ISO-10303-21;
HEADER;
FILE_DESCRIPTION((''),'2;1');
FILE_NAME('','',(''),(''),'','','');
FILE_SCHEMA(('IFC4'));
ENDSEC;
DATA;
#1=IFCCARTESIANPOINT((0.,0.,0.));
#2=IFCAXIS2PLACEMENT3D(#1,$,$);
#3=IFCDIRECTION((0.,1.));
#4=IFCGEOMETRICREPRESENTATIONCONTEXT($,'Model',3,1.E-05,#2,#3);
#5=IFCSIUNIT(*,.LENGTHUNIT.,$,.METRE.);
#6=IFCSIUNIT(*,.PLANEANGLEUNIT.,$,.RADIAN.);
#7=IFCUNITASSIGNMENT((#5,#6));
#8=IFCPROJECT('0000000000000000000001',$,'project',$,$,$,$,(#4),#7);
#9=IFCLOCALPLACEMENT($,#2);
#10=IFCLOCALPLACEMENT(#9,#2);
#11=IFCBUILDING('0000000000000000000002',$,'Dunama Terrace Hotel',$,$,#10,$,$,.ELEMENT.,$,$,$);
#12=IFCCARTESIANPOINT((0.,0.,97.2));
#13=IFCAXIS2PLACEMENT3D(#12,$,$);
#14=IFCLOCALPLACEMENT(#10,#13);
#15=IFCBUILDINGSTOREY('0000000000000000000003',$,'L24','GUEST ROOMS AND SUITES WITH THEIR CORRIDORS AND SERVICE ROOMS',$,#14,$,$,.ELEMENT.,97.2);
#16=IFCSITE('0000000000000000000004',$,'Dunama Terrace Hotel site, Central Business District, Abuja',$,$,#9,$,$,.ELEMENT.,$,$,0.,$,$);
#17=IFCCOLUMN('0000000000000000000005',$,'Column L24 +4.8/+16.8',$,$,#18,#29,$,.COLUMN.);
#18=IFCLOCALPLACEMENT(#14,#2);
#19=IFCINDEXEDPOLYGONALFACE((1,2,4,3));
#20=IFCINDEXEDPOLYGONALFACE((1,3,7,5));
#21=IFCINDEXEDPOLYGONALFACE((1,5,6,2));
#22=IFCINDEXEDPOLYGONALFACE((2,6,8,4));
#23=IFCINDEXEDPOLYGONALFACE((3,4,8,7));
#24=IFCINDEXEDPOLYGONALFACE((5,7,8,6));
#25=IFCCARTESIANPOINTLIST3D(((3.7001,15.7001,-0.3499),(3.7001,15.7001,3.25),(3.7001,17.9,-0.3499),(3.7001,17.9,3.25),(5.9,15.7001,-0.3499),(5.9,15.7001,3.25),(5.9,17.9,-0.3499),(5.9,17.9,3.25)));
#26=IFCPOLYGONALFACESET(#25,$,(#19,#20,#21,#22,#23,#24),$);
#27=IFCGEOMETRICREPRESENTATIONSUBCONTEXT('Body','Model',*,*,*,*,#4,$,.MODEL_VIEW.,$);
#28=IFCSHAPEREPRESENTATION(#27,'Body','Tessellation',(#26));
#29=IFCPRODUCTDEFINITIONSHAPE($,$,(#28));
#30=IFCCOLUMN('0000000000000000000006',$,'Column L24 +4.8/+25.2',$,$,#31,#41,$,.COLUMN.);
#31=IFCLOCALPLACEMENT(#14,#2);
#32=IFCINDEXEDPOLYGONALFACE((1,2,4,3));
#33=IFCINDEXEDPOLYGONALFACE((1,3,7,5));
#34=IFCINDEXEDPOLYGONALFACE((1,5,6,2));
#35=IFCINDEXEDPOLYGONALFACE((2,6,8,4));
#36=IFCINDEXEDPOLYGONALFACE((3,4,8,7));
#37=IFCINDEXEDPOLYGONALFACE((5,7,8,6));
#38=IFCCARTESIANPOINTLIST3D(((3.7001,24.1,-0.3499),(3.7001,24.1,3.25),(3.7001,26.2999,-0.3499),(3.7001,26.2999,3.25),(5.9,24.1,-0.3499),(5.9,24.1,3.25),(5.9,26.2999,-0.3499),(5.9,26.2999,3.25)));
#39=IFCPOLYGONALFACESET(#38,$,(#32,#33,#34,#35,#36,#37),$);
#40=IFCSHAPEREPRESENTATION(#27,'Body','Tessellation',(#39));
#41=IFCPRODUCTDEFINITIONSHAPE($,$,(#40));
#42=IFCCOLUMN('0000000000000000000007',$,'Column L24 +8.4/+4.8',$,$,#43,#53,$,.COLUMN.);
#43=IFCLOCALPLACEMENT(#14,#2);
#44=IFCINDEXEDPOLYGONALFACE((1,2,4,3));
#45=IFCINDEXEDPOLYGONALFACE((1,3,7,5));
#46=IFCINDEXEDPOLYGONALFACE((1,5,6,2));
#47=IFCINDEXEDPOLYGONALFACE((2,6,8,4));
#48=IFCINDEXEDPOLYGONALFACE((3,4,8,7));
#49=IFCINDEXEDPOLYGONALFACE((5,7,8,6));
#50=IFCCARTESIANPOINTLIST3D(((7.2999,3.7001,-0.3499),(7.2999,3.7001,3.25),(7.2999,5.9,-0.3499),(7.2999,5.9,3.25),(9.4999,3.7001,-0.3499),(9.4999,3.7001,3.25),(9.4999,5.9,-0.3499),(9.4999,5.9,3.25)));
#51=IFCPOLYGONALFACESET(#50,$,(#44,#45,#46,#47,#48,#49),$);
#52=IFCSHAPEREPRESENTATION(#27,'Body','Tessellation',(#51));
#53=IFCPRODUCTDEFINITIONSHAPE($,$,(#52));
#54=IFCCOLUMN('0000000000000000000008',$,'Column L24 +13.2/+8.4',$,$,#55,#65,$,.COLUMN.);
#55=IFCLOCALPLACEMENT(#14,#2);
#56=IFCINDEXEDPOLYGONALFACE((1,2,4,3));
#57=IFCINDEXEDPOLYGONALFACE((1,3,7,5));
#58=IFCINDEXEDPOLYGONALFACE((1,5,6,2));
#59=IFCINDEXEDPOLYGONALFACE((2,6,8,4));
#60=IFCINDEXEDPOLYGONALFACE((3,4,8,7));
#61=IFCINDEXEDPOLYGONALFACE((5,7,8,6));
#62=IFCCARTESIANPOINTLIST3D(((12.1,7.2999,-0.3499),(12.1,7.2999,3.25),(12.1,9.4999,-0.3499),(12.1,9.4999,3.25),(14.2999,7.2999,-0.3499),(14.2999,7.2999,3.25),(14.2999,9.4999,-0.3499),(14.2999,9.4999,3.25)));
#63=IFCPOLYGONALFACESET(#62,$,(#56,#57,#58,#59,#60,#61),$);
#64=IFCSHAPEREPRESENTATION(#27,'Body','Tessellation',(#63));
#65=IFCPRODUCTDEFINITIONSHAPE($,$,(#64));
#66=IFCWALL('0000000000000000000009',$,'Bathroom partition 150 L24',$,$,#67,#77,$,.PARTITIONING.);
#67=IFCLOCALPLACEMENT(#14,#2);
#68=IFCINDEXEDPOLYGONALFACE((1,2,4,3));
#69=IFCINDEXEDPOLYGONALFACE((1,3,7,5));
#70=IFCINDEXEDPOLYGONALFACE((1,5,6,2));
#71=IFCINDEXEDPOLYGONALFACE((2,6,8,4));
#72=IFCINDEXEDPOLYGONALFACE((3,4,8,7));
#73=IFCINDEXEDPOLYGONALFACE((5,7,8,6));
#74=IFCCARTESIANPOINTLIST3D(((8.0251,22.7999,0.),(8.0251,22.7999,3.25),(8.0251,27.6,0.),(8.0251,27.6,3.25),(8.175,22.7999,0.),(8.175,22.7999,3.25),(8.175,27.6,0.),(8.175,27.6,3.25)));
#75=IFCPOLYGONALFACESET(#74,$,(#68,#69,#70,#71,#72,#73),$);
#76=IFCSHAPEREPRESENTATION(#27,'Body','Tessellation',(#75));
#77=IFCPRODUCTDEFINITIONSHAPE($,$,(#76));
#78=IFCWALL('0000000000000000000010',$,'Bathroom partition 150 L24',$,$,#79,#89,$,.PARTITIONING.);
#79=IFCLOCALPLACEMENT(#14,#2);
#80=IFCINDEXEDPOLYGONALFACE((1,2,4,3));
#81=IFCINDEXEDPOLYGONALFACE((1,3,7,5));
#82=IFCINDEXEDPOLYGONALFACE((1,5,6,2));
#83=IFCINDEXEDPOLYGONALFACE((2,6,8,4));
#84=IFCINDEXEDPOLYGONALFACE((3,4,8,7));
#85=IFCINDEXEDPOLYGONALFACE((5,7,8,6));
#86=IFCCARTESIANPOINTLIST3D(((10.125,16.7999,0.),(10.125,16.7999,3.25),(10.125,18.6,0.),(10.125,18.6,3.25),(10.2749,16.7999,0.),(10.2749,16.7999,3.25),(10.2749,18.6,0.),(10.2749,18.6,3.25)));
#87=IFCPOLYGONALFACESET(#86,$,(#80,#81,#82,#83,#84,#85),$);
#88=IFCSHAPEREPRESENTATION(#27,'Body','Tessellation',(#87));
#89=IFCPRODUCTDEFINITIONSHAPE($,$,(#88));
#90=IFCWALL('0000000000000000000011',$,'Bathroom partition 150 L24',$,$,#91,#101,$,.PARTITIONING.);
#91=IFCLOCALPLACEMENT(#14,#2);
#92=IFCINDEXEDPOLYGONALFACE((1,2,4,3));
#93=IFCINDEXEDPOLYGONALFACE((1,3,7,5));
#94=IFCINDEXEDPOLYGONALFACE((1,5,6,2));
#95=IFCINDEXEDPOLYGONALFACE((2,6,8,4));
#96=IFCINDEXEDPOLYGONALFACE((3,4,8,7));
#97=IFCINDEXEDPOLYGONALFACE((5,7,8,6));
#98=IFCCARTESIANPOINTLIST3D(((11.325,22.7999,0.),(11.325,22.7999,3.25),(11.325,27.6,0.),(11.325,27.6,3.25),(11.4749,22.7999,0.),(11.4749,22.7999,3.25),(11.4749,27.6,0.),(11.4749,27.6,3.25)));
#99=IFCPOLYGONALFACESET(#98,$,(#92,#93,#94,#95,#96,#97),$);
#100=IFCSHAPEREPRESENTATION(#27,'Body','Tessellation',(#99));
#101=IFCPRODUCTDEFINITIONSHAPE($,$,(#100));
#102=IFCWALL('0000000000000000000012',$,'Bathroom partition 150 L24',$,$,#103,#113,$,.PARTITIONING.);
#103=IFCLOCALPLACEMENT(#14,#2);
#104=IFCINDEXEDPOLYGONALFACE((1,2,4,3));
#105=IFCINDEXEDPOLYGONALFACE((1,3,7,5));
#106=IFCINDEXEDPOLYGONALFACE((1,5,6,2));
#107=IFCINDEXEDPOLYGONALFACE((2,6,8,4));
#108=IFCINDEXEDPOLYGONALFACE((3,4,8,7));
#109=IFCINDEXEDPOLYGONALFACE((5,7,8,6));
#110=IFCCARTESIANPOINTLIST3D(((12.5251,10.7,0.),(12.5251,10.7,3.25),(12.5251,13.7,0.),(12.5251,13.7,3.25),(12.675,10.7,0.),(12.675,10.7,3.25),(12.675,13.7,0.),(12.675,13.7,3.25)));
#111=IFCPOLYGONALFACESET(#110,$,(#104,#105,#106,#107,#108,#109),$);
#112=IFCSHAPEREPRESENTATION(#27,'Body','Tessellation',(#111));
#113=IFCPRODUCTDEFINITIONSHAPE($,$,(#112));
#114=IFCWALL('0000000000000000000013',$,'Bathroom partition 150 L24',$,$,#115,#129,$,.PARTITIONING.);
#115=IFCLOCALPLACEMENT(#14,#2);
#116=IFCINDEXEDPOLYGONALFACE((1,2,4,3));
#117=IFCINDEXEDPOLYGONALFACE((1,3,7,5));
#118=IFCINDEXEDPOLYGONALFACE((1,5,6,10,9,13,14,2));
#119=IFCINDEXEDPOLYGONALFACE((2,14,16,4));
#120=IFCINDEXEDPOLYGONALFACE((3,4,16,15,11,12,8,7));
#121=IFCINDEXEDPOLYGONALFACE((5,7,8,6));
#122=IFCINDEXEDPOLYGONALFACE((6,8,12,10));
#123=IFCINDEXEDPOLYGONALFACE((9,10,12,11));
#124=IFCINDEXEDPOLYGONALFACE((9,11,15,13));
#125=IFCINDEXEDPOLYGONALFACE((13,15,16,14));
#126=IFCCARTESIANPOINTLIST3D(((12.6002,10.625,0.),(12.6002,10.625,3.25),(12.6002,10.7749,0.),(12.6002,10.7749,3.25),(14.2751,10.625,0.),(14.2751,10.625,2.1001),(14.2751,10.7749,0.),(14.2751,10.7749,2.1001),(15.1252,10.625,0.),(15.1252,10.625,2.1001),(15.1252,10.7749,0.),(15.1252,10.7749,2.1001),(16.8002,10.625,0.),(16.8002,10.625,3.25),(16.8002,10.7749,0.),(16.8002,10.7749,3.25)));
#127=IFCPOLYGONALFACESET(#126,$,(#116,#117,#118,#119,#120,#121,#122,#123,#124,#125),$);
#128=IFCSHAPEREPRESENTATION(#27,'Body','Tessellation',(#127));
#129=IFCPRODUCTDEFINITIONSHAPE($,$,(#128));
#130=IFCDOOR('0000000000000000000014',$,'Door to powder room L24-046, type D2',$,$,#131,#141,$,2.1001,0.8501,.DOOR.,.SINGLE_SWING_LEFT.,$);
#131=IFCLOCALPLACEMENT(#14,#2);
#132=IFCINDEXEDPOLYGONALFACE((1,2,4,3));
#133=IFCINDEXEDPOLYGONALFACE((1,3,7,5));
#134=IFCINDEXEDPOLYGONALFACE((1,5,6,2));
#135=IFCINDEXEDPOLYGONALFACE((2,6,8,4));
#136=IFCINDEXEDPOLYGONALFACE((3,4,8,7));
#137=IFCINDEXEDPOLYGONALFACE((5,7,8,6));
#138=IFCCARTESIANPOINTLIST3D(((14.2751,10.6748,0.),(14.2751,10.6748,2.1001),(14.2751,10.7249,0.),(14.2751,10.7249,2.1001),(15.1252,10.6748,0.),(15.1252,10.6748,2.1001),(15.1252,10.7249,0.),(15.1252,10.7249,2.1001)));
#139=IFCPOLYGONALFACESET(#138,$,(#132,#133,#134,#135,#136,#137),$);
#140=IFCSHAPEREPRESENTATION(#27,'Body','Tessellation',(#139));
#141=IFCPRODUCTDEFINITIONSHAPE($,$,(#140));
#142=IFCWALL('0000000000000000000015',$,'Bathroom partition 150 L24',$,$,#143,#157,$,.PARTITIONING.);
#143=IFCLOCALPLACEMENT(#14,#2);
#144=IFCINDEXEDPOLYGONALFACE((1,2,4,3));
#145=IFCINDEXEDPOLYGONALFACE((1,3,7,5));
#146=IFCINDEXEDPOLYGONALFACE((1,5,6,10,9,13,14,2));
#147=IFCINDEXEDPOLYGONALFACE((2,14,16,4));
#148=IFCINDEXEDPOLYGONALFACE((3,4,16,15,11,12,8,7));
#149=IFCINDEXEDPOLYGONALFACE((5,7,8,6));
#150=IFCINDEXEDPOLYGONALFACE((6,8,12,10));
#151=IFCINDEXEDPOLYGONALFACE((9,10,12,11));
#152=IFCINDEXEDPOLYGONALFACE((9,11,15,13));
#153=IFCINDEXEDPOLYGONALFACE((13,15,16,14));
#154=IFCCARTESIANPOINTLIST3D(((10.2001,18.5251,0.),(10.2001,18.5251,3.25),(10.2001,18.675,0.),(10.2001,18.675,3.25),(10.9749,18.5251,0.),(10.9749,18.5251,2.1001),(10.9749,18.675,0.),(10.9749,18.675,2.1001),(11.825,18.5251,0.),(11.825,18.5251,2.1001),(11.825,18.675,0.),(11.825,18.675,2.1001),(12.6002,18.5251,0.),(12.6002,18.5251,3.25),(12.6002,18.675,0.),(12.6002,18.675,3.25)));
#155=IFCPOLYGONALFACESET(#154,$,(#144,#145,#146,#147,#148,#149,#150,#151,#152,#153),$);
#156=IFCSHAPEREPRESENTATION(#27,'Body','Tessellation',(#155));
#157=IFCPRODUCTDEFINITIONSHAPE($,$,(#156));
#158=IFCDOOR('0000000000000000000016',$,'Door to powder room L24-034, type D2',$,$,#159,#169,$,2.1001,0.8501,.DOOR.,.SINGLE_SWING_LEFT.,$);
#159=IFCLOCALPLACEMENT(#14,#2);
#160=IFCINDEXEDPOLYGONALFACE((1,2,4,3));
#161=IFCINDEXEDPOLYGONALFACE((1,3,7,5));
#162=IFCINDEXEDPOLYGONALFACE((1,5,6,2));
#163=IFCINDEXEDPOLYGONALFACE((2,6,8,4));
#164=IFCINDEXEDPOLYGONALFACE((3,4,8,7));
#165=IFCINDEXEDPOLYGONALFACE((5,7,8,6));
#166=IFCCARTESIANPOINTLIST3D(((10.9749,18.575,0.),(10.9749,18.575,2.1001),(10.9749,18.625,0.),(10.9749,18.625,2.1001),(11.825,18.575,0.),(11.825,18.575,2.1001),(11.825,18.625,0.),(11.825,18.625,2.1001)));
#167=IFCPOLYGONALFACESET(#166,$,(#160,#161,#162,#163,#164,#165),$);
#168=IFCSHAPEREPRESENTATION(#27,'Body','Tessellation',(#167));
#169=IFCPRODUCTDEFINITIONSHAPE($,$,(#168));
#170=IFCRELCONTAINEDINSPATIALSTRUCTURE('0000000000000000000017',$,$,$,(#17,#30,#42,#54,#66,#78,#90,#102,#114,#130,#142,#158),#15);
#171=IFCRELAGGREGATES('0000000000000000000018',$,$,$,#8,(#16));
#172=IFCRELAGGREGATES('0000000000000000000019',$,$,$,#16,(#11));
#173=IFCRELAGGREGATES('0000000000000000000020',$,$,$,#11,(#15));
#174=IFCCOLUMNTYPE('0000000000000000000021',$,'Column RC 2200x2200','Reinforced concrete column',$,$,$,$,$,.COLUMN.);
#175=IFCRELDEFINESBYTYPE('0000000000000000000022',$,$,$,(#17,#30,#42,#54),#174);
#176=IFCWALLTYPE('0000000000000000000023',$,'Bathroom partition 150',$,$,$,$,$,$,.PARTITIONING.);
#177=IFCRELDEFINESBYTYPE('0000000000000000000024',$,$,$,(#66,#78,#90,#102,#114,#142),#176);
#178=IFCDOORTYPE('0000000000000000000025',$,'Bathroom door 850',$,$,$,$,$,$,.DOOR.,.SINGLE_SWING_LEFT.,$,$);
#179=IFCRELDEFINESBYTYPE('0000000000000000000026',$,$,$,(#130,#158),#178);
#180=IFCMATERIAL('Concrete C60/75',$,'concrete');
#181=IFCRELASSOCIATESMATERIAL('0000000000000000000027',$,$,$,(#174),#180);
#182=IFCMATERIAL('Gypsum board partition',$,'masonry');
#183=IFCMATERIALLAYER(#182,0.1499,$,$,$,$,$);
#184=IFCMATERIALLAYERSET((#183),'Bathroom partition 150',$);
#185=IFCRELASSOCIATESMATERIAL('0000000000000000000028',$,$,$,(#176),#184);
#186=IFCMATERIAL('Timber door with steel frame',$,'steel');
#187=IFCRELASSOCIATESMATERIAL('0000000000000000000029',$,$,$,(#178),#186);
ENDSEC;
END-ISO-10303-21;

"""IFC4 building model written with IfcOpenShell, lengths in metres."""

from ifc_helpers import new_model, si_unit, direction, frame, frame_2d, origin, origin_2d, place, context, subcontext, project, spatial, rectangle, extrude, material, layer, layer_set, material_profile, profile_set, type_object, element, fill, save


model = new_model("IFC4")

# Units and contexts
model_context = context("Model", 3, precision=1e-05, world=origin(), true_north=direction((0.0, 1.0)))
body_context = subcontext(model_context, "Body", "Model", "MODEL_VIEW")
ifc_project = project(units=[si_unit("LENGTHUNIT", "METRE"), si_unit("PLANEANGLEUNIT", "RADIAN")], contexts=[model_context])

# Site, building, storey
site_placement = place(None, origin())
site = spatial("IfcSite", under=ifc_project, at=site_placement, Name="Dunama Terrace Hotel site, Central Business District, Abuja", CompositionType="ELEMENT", RefElevation=0.0)
building_placement = place(site_placement, origin())
building = spatial("IfcBuilding", under=site, at=building_placement, Name="Dunama Terrace Hotel", CompositionType="ELEMENT")
storey_placement = place(building_placement, frame((0.0, 0.0, 97.2)))
storey = spatial("IfcBuildingStorey", under=building, at=storey_placement, Name="L24", Description="GUEST ROOMS AND SUITES WITH THEIR CORRIDORS AND SERVICE ROOMS", CompositionType="ELEMENT", Elevation=97.2)

# Columns
ifc_material_1 = material(Name="Concrete C60/75", Category="concrete")
ifc_material_profile = material_profile(ifc_material_1, rectangle(XDim=2.2, YDim=2.2, at=origin_2d()), Name="RC 2200x2200")
ifc_profile_set = profile_set([ifc_material_profile], Name="Concrete C60/75")
column_type = type_object("IfcColumnType", Name="Column RC 2200x2200", Description="Reinforced concrete column", PredefinedType="COLUMN", material=ifc_profile_set)
for number, where, z_axis, x_axis, name in (
    (1, (4.8, 16.8, -0.3499), (0.0, 0.0, 1.0), (1.0, 0.0, 0.0), "Column L24 +4.8/+16.8"),
    (2, (4.8, 25.2, -0.3499), (0.0, 0.0, 1.0), (1.0, 0.0, 0.0), "Column L24 +4.8/+25.2"),
    (3, (8.3999, 4.8, -0.3499), (0.0, 0.0, 1.0), (1.0, 0.0, 0.0), "Column L24 +8.4/+4.8"),
    (4, (13.2, 8.3999, -0.3499), (0.0, 0.0, 1.0), (1.0, 0.0, 0.0), "Column L24 +13.2/+8.4"),
):
    element("IfcColumn", number, at=place(storey_placement, frame(where, z_axis=z_axis, x_axis=x_axis)), inside=storey, type_object=column_type, Name=name, PredefinedType="COLUMN", context=body_context, shape_type="SweptSolid", body=[
        extrude(rectangle(XDim=2.2, YDim=2.2, at=origin_2d()), origin(), (0.0, 0.0, 1.0), 3.5999),
    ])

# Walls
ifc_material_2 = material(Name="Gypsum board partition", Category="masonry")
ifc_layer_1 = layer(ifc_material_2, 0.1499)
ifc_layer_set_1 = layer_set([ifc_layer_1], Name="Bathroom partition 150")
wall_type_1 = type_object("IfcWallType", Name="Bathroom partition 150", PredefinedType="PARTITIONING", material=ifc_layer_set_1)
wall_1_placement = place(storey_placement, frame((8.1001, 22.8, 0.0), z_axis=(0.0, 0.0, 1.0), x_axis=(0.0, 1.0, 0.0)))
element("IfcWall", 5, at=wall_1_placement, inside=storey, type_object=wall_type_1, Name="Bathroom partition 150 L24", PredefinedType="PARTITIONING", context=body_context, shape_type="SweptSolid", body=[
    extrude(rectangle(XDim=4.8, YDim=0.1499, at=frame_2d((2.3999, 0.0))), origin(), (0.0, 0.0, 1.0), 3.25),
])
wall_2_placement = place(storey_placement, frame((10.2, 16.8, 0.0), z_axis=(0.0, 0.0, 1.0), x_axis=(0.0, 1.0, 0.0)))
element("IfcWall", 6, at=wall_2_placement, inside=storey, type_object=wall_type_1, Name="Bathroom partition 150 L24", PredefinedType="PARTITIONING", context=body_context, shape_type="SweptSolid", body=[
    extrude(rectangle(XDim=1.8, YDim=0.1499, at=frame_2d((0.8999, 0.0))), origin(), (0.0, 0.0, 1.0), 3.25),
])
wall_3_placement = place(storey_placement, frame((11.3999, 22.8, 0.0), z_axis=(0.0, 0.0, 1.0), x_axis=(0.0, 1.0, 0.0)))
element("IfcWall", 7, at=wall_3_placement, inside=storey, type_object=wall_type_1, Name="Bathroom partition 150 L24", PredefinedType="PARTITIONING", context=body_context, shape_type="SweptSolid", body=[
    extrude(rectangle(XDim=4.8, YDim=0.1499, at=frame_2d((2.3999, 0.0))), origin(), (0.0, 0.0, 1.0), 3.25),
])
wall_4_placement = place(storey_placement, frame((12.6001, 10.7, 0.0), z_axis=(0.0, 0.0, 1.0), x_axis=(0.0, 1.0, 0.0)))
element("IfcWall", 8, at=wall_4_placement, inside=storey, type_object=wall_type_1, Name="Bathroom partition 150 L24", PredefinedType="PARTITIONING", context=body_context, shape_type="SweptSolid", body=[
    extrude(rectangle(XDim=3.0, YDim=0.1499, at=frame_2d((1.5, 0.0))), origin(), (0.0, 0.0, 1.0), 3.25),
])

# Walls, openings, doors
wall_5_placement = place(storey_placement, frame((12.6001, 10.7, 0.0), z_axis=(0.0, 0.0, 1.0), x_axis=(1.0, 0.0, 0.0)))
wall_5 = element("IfcWall", 9, at=wall_5_placement, inside=storey, type_object=wall_type_1, Name="Bathroom partition 150 L24", PredefinedType="PARTITIONING", context=body_context, shape_type="SweptSolid", body=[
    extrude(rectangle(XDim=4.2, YDim=0.1499, at=frame_2d((2.1001, 0.0))), origin(), (0.0, 0.0, 1.0), 3.25),
])
opening_1_placement = place(wall_5_placement, frame((1.675, 0.0, 0.0)))
opening_1 = element("IfcOpeningElement", 10, at=opening_1_placement, cuts=wall_5, PredefinedType="OPENING", context=body_context, shape_type="SweptSolid", body=[
    extrude(rectangle(XDim=0.8501, YDim=2.1001, at=frame_2d((0.425, 1.05))), frame((0.0, 0.085, 0.0), z_axis=(0.0, -1.0, 0.0), x_axis=(1.0, 0.0, 0.0)), (0.0, 0.0, 1.0), 0.1699),
])
ifc_material_3 = material(Name="Timber door with steel frame", Category="steel")
door_type_1 = type_object("IfcDoorType", Name="Bathroom door 850", OperationType="SINGLE_SWING_LEFT", PredefinedType="DOOR", material=ifc_material_3)
door_1_placement = place(opening_1_placement, origin())
door_1 = element("IfcDoor", 11, at=door_1_placement, inside=storey, type_object=door_type_1, Name="Door to powder room L24-046, type D2", OperationType="SINGLE_SWING_LEFT", OverallHeight=2.1001, OverallWidth=0.8501, PredefinedType="DOOR", context=body_context, shape_type="SweptSolid", body=[
    extrude(rectangle(XDim=0.8501, YDim=2.1001, at=frame_2d((0.425, 1.05))), frame((0.0, 0.0249, 0.0), z_axis=(0.0, -1.0, 0.0), x_axis=(1.0, 0.0, 0.0)), (0.0, 0.0, 1.0), 0.05),
])
fill(opening_1, door_1)
wall_6_placement = place(storey_placement, frame((10.2, 18.6001, 0.0), z_axis=(0.0, 0.0, 1.0), x_axis=(1.0, 0.0, 0.0)))
wall_6 = element("IfcWall", 12, at=wall_6_placement, inside=storey, type_object=wall_type_1, Name="Bathroom partition 150 L24", PredefinedType="PARTITIONING", context=body_context, shape_type="SweptSolid", body=[
    extrude(rectangle(XDim=2.4001, YDim=0.1499, at=frame_2d((1.2002, 0.0))), origin(), (0.0, 0.0, 1.0), 3.25),
])
opening_2_placement = place(wall_6_placement, frame((0.7749, 0.0, 0.0)))
opening_2 = element("IfcOpeningElement", 13, at=opening_2_placement, cuts=wall_6, PredefinedType="OPENING", context=body_context, shape_type="SweptSolid", body=[
    extrude(rectangle(XDim=0.8501, YDim=2.1001, at=frame_2d((0.425, 1.05))), frame((0.0, 0.085, 0.0), z_axis=(0.0, -1.0, 0.0), x_axis=(1.0, 0.0, 0.0)), (0.0, 0.0, 1.0), 0.1699),
])
door_2_placement = place(opening_2_placement, frame((0.8501, 0.0, 0.0), z_axis=(0.0, 0.0, 1.0), x_axis=(-1.0, 0.0, 0.0)))
door_2 = element("IfcDoor", 14, at=door_2_placement, inside=storey, type_object=door_type_1, Name="Door to powder room L24-034, type D2", OperationType="SINGLE_SWING_LEFT", OverallHeight=2.1001, OverallWidth=0.8501, PredefinedType="DOOR", context=body_context, shape_type="SweptSolid", body=[
    extrude(rectangle(XDim=0.8501, YDim=2.1001, at=frame_2d((0.425, 1.05))), frame((0.0, 0.0251, 0.0), z_axis=(0.0, -1.0, 0.0), x_axis=(1.0, 0.0, 0.0)), (0.0, 0.0, 1.0), 0.05),
])
fill(opening_2, door_2)

save(model, "model.ifc")
